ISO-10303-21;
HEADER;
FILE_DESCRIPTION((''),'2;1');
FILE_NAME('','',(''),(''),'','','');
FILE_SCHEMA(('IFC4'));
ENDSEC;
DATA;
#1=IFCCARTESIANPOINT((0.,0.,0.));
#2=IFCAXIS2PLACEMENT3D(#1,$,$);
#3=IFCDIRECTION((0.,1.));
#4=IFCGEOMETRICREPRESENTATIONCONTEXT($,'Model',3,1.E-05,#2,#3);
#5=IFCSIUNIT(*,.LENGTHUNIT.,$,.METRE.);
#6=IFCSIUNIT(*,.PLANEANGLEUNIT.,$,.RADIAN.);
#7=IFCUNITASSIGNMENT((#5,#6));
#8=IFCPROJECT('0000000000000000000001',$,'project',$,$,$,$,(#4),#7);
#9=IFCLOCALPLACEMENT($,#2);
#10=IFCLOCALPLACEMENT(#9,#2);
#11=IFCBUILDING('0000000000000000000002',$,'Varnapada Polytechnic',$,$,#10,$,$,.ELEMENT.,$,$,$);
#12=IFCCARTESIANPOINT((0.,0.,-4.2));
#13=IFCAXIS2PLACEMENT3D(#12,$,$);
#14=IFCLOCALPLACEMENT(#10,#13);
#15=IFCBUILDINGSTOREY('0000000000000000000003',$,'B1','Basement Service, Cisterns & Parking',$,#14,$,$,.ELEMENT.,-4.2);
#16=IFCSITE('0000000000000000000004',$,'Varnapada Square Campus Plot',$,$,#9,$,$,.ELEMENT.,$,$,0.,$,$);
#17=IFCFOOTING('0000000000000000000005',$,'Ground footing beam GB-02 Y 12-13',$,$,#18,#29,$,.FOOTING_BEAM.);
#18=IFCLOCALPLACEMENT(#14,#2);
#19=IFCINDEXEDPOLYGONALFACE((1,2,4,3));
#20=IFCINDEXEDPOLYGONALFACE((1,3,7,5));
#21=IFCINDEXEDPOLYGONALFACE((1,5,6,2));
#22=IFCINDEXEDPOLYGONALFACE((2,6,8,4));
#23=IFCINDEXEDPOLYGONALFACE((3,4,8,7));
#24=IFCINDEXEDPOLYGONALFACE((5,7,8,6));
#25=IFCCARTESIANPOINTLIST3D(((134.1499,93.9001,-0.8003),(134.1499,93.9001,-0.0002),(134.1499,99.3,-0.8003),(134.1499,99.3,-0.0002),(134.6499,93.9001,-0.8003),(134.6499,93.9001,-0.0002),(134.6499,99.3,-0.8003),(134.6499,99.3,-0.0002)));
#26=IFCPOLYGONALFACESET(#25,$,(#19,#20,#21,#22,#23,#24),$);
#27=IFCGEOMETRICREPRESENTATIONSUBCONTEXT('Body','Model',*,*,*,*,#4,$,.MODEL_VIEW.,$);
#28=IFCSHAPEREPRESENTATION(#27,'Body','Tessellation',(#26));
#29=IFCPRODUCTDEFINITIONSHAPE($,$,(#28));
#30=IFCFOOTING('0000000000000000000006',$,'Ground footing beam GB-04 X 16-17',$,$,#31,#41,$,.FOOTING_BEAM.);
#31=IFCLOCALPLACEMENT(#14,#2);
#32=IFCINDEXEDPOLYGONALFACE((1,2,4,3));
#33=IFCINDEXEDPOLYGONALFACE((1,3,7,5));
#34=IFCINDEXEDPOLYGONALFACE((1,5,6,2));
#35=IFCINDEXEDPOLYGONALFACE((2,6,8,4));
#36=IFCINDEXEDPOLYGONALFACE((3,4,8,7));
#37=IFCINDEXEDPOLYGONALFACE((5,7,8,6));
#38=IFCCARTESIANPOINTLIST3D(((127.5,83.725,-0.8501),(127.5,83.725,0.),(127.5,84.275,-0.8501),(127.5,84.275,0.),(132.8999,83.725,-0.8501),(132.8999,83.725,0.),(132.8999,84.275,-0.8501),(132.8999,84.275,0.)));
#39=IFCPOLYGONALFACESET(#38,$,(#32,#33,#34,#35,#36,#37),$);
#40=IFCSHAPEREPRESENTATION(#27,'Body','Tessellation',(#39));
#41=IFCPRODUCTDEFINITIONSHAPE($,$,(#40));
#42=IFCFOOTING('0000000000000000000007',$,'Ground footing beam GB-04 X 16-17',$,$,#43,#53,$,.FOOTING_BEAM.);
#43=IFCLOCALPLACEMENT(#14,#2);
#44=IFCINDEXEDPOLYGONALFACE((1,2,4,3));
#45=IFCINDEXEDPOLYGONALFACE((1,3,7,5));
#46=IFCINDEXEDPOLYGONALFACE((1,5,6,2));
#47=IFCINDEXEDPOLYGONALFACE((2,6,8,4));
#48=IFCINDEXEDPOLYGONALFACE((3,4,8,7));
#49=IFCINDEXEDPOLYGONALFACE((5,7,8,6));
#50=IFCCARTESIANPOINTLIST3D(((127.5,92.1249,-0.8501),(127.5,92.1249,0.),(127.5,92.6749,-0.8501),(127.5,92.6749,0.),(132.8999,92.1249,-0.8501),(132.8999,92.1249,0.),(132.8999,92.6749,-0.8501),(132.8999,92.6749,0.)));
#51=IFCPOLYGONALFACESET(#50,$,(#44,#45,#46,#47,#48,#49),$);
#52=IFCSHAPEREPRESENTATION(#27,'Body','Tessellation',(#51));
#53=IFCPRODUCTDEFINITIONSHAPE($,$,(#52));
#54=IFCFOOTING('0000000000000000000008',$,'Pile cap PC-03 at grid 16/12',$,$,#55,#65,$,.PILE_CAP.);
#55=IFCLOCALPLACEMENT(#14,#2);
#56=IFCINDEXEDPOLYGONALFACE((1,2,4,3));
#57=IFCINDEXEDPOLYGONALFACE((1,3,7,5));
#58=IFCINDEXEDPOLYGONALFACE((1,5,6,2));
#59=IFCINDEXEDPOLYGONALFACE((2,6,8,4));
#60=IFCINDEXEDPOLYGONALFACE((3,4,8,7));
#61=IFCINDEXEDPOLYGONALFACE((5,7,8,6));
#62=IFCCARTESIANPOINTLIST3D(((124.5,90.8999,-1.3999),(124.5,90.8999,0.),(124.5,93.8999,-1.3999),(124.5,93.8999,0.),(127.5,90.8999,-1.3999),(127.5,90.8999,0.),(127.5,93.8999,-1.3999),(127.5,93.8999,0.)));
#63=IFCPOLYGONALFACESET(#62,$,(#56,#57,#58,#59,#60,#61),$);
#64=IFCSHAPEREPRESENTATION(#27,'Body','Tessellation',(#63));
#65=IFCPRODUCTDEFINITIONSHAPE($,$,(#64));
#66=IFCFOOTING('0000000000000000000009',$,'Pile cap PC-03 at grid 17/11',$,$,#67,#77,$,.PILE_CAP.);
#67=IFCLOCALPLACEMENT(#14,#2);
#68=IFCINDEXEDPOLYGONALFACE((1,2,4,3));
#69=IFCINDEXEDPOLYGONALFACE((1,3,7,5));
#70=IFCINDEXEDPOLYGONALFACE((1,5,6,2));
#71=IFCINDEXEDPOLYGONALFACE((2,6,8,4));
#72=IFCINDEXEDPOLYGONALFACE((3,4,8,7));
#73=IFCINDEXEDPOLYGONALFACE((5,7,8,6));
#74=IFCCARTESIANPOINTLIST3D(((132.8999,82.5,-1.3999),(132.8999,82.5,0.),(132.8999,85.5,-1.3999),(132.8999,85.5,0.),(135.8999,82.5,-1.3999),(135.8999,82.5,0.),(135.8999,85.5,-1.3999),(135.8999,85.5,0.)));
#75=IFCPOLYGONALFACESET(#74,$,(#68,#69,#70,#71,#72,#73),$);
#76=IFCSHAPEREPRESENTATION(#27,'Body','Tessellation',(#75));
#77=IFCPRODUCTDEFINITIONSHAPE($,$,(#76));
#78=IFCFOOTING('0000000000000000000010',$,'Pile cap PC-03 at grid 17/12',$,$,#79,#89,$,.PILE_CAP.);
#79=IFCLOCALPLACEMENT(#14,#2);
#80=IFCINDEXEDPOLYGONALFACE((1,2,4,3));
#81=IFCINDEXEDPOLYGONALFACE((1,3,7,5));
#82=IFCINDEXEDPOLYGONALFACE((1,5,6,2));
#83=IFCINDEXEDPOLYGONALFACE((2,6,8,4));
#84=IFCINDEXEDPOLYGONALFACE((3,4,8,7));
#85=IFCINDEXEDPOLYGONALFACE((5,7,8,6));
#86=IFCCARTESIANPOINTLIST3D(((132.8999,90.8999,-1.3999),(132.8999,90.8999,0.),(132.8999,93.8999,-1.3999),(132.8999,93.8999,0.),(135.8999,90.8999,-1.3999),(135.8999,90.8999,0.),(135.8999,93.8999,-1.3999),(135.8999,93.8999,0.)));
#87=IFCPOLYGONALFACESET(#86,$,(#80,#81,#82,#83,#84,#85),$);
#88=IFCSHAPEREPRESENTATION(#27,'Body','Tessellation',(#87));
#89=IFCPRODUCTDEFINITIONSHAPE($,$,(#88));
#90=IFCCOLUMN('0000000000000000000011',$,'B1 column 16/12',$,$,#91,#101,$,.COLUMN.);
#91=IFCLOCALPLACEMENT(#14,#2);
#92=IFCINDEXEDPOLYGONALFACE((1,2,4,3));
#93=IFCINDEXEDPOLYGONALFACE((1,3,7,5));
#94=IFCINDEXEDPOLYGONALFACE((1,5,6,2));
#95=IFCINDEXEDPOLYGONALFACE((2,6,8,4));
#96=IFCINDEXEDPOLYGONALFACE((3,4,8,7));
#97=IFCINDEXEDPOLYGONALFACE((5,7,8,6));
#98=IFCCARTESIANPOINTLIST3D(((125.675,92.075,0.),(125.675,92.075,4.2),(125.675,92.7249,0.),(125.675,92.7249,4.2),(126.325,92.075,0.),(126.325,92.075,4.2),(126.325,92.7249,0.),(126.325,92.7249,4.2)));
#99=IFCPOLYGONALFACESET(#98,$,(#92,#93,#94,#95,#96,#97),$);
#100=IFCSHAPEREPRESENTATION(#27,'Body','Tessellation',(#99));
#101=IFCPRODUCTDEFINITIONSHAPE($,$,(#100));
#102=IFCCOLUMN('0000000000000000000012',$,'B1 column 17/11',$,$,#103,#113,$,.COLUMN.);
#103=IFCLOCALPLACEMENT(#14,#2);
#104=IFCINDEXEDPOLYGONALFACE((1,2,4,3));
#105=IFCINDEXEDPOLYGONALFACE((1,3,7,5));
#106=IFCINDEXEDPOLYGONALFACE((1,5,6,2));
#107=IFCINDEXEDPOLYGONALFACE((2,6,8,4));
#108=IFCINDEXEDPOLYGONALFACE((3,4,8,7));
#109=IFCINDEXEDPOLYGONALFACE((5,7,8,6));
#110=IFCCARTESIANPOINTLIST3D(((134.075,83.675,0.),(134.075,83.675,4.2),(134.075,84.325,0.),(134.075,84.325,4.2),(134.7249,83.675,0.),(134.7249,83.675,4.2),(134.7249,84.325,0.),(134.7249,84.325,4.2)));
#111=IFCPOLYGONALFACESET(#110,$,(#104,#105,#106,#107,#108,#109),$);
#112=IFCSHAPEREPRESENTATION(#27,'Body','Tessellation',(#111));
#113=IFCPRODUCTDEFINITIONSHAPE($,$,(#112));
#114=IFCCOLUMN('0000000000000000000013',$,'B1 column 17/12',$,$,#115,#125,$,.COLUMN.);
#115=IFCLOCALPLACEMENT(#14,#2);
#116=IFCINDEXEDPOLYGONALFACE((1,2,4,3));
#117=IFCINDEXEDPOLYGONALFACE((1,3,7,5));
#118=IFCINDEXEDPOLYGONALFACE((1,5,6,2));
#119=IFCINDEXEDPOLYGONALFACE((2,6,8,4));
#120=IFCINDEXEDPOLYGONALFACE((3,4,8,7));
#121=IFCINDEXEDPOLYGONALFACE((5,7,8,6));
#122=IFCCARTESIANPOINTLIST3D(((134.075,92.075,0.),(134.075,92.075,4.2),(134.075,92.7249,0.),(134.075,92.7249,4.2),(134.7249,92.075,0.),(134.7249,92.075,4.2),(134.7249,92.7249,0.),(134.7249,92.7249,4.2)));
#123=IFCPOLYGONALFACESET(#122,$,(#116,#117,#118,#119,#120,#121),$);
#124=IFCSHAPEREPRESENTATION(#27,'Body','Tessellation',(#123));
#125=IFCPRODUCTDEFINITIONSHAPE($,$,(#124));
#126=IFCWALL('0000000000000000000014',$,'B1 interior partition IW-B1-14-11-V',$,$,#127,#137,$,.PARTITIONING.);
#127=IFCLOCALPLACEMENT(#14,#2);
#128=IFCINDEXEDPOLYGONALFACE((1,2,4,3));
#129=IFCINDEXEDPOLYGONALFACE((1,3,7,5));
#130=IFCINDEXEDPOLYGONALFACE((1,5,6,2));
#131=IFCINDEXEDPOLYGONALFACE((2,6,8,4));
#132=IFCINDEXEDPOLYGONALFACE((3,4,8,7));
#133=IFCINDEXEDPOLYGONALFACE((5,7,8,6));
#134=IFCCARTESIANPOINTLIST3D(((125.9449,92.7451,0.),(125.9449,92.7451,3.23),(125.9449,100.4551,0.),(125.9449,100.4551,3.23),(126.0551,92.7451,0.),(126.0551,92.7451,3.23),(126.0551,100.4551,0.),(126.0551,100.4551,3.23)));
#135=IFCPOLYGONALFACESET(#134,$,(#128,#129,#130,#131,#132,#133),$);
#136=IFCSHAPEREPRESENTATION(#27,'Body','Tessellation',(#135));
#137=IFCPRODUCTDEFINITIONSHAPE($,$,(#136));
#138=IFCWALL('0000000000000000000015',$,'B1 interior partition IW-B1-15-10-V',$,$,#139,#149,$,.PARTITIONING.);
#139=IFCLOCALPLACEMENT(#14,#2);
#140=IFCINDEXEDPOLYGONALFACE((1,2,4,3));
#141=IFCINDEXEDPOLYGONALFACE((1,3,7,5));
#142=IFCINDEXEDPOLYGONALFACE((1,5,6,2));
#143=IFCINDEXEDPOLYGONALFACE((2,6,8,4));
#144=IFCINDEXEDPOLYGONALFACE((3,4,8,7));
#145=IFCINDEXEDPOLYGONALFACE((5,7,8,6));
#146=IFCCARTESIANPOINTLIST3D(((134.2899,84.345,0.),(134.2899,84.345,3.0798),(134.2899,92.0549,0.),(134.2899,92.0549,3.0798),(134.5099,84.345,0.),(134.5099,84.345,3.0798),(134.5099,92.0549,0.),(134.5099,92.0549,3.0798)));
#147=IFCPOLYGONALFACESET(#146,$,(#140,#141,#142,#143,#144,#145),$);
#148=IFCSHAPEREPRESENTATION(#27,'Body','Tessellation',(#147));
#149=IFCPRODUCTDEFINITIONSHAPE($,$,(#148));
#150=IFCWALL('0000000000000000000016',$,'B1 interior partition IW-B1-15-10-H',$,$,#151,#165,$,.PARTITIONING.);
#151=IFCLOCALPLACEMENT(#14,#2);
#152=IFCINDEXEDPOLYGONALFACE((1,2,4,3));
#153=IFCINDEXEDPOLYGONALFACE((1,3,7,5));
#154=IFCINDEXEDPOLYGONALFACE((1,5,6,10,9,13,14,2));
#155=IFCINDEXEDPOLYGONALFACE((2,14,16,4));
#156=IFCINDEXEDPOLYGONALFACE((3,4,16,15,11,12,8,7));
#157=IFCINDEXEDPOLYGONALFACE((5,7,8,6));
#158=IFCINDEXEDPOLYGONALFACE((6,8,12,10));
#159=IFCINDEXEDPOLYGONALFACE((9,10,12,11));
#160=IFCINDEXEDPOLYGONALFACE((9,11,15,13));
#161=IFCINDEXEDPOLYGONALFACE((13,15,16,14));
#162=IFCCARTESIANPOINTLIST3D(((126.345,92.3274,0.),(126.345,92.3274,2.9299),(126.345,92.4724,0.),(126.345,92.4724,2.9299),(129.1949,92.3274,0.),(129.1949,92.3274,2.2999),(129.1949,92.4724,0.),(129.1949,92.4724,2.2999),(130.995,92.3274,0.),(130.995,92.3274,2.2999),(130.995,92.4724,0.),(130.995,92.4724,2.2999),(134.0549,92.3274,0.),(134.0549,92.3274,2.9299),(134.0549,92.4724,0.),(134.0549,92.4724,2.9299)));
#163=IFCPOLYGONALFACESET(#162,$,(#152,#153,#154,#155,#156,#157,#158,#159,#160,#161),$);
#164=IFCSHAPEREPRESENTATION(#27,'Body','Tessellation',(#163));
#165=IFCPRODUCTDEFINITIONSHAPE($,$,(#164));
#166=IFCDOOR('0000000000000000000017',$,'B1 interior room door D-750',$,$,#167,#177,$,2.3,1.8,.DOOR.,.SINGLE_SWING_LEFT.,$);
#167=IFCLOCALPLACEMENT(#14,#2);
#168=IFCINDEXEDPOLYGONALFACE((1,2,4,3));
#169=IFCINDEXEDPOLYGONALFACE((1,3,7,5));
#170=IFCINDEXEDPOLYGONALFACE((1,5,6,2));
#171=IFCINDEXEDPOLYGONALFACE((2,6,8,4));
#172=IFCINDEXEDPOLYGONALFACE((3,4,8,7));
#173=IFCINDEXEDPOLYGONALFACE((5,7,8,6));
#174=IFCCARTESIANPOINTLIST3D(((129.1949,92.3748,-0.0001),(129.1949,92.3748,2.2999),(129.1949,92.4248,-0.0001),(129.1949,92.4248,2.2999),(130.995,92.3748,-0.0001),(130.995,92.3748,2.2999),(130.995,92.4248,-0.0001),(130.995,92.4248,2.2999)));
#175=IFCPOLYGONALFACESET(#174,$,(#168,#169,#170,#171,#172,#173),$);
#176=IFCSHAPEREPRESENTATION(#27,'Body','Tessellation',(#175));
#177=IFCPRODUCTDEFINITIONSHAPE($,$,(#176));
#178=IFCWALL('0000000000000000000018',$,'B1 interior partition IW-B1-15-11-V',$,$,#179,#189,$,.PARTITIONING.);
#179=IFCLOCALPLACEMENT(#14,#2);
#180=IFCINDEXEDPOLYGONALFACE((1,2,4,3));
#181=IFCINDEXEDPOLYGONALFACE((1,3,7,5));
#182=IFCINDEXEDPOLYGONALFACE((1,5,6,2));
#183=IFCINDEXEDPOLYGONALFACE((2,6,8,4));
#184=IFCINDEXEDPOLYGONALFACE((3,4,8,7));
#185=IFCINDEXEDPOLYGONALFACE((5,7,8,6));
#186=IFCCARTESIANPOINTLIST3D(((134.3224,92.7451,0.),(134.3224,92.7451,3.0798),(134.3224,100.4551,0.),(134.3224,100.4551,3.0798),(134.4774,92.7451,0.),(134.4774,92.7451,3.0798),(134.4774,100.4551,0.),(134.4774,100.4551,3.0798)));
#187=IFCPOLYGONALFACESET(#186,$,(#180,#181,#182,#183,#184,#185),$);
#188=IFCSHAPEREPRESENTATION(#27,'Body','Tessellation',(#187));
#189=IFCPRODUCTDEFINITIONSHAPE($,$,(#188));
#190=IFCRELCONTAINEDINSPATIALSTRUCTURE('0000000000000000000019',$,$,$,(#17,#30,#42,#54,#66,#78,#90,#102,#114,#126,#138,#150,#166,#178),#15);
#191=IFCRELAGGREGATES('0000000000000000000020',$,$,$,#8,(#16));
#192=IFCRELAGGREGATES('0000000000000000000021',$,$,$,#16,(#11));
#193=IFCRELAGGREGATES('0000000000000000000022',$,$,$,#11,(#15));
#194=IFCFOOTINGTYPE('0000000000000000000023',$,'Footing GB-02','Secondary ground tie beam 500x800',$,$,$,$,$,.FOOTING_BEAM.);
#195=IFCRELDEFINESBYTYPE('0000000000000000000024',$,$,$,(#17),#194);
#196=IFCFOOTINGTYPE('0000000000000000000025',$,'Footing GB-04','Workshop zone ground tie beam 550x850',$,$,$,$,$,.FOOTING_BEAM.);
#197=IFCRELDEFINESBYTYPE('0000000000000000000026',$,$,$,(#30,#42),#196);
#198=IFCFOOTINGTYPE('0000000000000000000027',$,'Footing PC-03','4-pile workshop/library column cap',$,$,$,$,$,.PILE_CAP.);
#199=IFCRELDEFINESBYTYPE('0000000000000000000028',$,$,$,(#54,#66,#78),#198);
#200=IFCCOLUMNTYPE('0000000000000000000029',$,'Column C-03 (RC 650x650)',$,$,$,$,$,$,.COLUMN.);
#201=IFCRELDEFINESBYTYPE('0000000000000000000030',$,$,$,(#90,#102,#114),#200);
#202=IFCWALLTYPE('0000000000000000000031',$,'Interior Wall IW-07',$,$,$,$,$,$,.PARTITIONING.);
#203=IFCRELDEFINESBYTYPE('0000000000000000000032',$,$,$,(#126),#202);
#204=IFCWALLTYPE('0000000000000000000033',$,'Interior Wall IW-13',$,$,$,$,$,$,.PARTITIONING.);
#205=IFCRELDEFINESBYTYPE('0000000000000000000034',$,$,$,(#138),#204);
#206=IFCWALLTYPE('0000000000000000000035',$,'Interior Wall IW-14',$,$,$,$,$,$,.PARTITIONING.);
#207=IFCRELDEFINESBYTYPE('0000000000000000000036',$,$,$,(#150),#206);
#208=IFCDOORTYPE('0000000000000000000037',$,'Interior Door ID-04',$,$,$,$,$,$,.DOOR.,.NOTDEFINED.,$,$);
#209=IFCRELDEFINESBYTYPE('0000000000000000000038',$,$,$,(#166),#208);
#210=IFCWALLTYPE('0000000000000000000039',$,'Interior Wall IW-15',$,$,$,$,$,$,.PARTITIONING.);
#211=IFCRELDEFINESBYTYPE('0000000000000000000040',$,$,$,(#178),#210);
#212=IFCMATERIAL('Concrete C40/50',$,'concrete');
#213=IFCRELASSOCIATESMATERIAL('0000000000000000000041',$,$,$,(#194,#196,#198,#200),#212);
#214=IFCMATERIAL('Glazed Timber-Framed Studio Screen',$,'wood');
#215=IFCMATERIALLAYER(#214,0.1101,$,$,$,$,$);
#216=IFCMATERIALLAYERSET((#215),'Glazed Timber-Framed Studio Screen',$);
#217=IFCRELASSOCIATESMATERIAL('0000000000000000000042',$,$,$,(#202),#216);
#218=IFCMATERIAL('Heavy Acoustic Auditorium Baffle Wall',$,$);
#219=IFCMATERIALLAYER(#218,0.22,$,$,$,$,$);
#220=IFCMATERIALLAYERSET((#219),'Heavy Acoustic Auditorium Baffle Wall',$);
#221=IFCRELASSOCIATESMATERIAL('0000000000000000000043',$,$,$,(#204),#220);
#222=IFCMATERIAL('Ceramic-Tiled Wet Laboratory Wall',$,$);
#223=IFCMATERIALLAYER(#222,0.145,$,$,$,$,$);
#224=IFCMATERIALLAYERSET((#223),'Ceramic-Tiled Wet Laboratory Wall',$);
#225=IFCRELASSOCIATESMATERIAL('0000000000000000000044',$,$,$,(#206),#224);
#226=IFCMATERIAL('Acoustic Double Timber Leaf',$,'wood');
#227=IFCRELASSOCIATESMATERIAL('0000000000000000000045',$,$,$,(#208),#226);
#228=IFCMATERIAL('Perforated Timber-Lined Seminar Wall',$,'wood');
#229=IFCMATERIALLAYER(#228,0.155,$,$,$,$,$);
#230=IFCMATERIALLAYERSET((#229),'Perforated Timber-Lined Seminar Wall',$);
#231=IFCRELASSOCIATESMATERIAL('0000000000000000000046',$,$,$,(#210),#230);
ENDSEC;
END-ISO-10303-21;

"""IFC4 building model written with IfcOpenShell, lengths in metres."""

from ifc_helpers import new_model, si_unit, direction, frame, frame_2d, origin, origin_2d, place, context, subcontext, project, spatial, rectangle, extrude, material, layer, layer_set, material_profile, profile_set, type_object, element, fill, save


model = new_model("IFC4")

# Units and contexts
model_context = context("Model", 3, precision=1e-05, world=origin(), true_north=direction((0.0, 1.0)))
body_context = subcontext(model_context, "Body", "Model", "MODEL_VIEW")
ifc_project = project(units=[si_unit("LENGTHUNIT", "METRE"), si_unit("PLANEANGLEUNIT", "RADIAN")], contexts=[model_context])

# Site, building, storey
site_placement = place(None, origin())
site = spatial("IfcSite", under=ifc_project, at=site_placement, Name="Varnapada Square Campus Plot", CompositionType="ELEMENT", RefElevation=0.0)
building_placement = place(site_placement, origin())
building = spatial("IfcBuilding", under=site, at=building_placement, Name="Varnapada Polytechnic", CompositionType="ELEMENT")
storey_placement = place(building_placement, frame((0.0, 0.0, -4.2)))
storey = spatial("IfcBuildingStorey", under=building, at=storey_placement, Name="B1", Description="Basement Service, Cisterns & Parking", CompositionType="ELEMENT", Elevation=-4.2)

# Shared definitions
ifc_material_1 = material(Name="Concrete C40/50", Category="concrete")

# Footings
footing_type_1 = type_object("IfcFootingType", Name="Footing GB-02", Description="Secondary ground tie beam 500x800", PredefinedType="FOOTING_BEAM", material=ifc_material_1)
for number, where, z_axis, x_axis, name in (
    (1, (134.3999, 96.6001, -0.8003), (0.0, 0.0, 1.0), (0.0, 1.0, 0.0), "Ground footing beam GB-02 Y 12-13"),
):
    element("IfcFooting", number, at=place(storey_placement, frame(where, z_axis=z_axis, x_axis=x_axis)), inside=storey, type_object=footing_type_1, Name=name, PredefinedType="FOOTING_BEAM", context=body_context, shape_type="SweptSolid", body=[
        extrude(rectangle(XDim=5.3999, YDim=0.5, at=origin_2d()), origin(), (0.0, 0.0, 1.0), 0.8),
    ])
footing_type_2 = type_object("IfcFootingType", Name="Footing GB-04", Description="Workshop zone ground tie beam 550x850", PredefinedType="FOOTING_BEAM", material=ifc_material_1)
for number, where, z_axis, x_axis, name in (
    (2, (130.2, 84.0, -0.8501), (0.0, 0.0, 1.0), (1.0, 0.0, 0.0), "Ground footing beam GB-04 X 16-17"),
    (3, (130.2, 92.3999, -0.8501), (0.0, 0.0, 1.0), (1.0, 0.0, 0.0), "Ground footing beam GB-04 X 16-17"),
):
    element("IfcFooting", number, at=place(storey_placement, frame(where, z_axis=z_axis, x_axis=x_axis)), inside=storey, type_object=footing_type_2, Name=name, PredefinedType="FOOTING_BEAM", context=body_context, shape_type="SweptSolid", body=[
        extrude(rectangle(XDim=5.3999, YDim=0.55, at=origin_2d()), origin(), (0.0, 0.0, 1.0), 0.8501),
    ])
footing_type_3 = type_object("IfcFootingType", Name="Footing PC-03", Description="4-pile workshop/library column cap", PredefinedType="PILE_CAP", material=ifc_material_1)
for number, where, z_axis, x_axis, name in (
    (4, (126.0, 92.3999, -1.3999), (0.0, 0.0, 1.0), (1.0, 0.0, 0.0), "Pile cap PC-03 at grid 16/12"),
    (5, (134.3999, 84.0, -1.3999), (0.0, 0.0, 1.0), (1.0, 0.0, 0.0), "Pile cap PC-03 at grid 17/11"),
    (6, (134.3999, 92.3999, -1.3999), (0.0, 0.0, 1.0), (1.0, 0.0, 0.0), "Pile cap PC-03 at grid 17/12"),
):
    element("IfcFooting", number, at=place(storey_placement, frame(where, z_axis=z_axis, x_axis=x_axis)), inside=storey, type_object=footing_type_3, Name=name, PredefinedType="PILE_CAP", context=body_context, shape_type="SweptSolid", body=[
        extrude(rectangle(XDim=3.0, YDim=3.0, at=origin_2d()), origin(), (0.0, 0.0, 1.0), 1.3999),
    ])

# Columns
ifc_material_profile_1 = material_profile(ifc_material_1, rectangle(XDim=0.6499, YDim=0.6499, at=origin_2d()), Name="RC 650x650")
ifc_profile_set_1 = profile_set([ifc_material_profile_1], Name="Concrete C40/50")
column_type = type_object("IfcColumnType", Name="Column C-03 (RC 650x650)", PredefinedType="COLUMN", material=ifc_profile_set_1)
for number, where, z_axis, x_axis, name in (
    (7, (126.0, 92.3999, 0.0), (0.0, 0.0, 1.0), (1.0, 0.0, 0.0), "B1 column 16/12"),
    (8, (134.3999, 84.0, 0.0), (0.0, 0.0, 1.0), (1.0, 0.0, 0.0), "B1 column 17/11"),
    (9, (134.3999, 92.3999, 0.0), (0.0, 0.0, 1.0), (1.0, 0.0, 0.0), "B1 column 17/12"),
):
    element("IfcColumn", number, at=place(storey_placement, frame(where, z_axis=z_axis, x_axis=x_axis)), inside=storey, type_object=column_type, Name=name, PredefinedType="COLUMN", context=body_context, shape_type="SweptSolid", body=[
        extrude(rectangle(XDim=0.6499, YDim=0.6499, at=origin_2d()), origin(), (0.0, 0.0, 1.0), 4.2),
    ])

# Walls
ifc_material_2 = material(Name="Glazed Timber-Framed Studio Screen", Category="wood")
ifc_layer_1 = layer(ifc_material_2, 0.1101)
ifc_layer_set_1 = layer_set([ifc_layer_1], Name="Glazed Timber-Framed Studio Screen")
wall_type_1 = type_object("IfcWallType", Name="Interior Wall IW-07", PredefinedType="PARTITIONING", material=ifc_layer_set_1)
wall_1_placement = place(storey_placement, frame((126.0, 92.7451, 0.0), z_axis=(0.0, 0.0, 1.0), x_axis=(0.0, 1.0, 0.0)))
element("IfcWall", 10, at=wall_1_placement, inside=storey, type_object=wall_type_1, Name="B1 interior partition IW-B1-14-11-V", PredefinedType="PARTITIONING", context=body_context, shape_type="SweptSolid", body=[
    extrude(rectangle(XDim=7.71, YDim=0.1101, at=frame_2d((3.855, 0.0))), origin(), (0.0, 0.0, 1.0), 3.23),
])
ifc_material_3 = material(Name="Heavy Acoustic Auditorium Baffle Wall")
ifc_layer_2 = layer(ifc_material_3, 0.22)
ifc_layer_set_2 = layer_set([ifc_layer_2], Name="Heavy Acoustic Auditorium Baffle Wall")
wall_type_2 = type_object("IfcWallType", Name="Interior Wall IW-13", PredefinedType="PARTITIONING", material=ifc_layer_set_2)
wall_2_placement = place(storey_placement, frame((134.3999, 84.345, 0.0), z_axis=(0.0, 0.0, 1.0), x_axis=(0.0, 1.0, 0.0)))
element("IfcWall", 11, at=wall_2_placement, inside=storey, type_object=wall_type_2, Name="B1 interior partition IW-B1-15-10-V", PredefinedType="PARTITIONING", context=body_context, shape_type="SweptSolid", body=[
    extrude(rectangle(XDim=7.71, YDim=0.22, at=frame_2d((3.855, 0.0))), origin(), (0.0, 0.0, 1.0), 3.0798),
])

# Wall, opening, door
ifc_material_4 = material(Name="Ceramic-Tiled Wet Laboratory Wall")
ifc_layer_3 = layer(ifc_material_4, 0.145)
ifc_layer_set_3 = layer_set([ifc_layer_3], Name="Ceramic-Tiled Wet Laboratory Wall")
wall_type_3 = type_object("IfcWallType", Name="Interior Wall IW-14", PredefinedType="PARTITIONING", material=ifc_layer_set_3)
wall_3_placement = place(storey_placement, frame((126.345, 92.3999, 0.0), z_axis=(0.0, 0.0, 1.0), x_axis=(1.0, 0.0, 0.0)))
wall_3 = element("IfcWall", 12, at=wall_3_placement, inside=storey, type_object=wall_type_3, Name="B1 interior partition IW-B1-15-10-H", PredefinedType="PARTITIONING", context=body_context, shape_type="SweptSolid", body=[
    extrude(rectangle(XDim=7.71, YDim=0.145, at=frame_2d((3.855, 0.0))), origin(), (0.0, 0.0, 1.0), 2.9299),
])
opening_placement = place(wall_3_placement, frame((2.8501, 0.0, 0.0)))
opening = element("IfcOpeningElement", 13, at=opening_placement, cuts=wall_3, PredefinedType="OPENING", context=body_context, shape_type="SweptSolid", body=[
    extrude(rectangle(XDim=1.8, YDim=2.3, at=frame_2d((0.8999, 1.1499))), frame((0.0, 0.0825, 0.0), z_axis=(0.0, -1.0, 0.0), x_axis=(1.0, 0.0, 0.0)), (0.0, 0.0, 1.0), 0.165),
])
ifc_material_5 = material(Name="Acoustic Double Timber Leaf", Category="wood")
door_type = type_object("IfcDoorType", Name="Interior Door ID-04", OperationType="NOTDEFINED", PredefinedType="DOOR", material=ifc_material_5)
door_placement = place(opening_placement, origin())
door = element("IfcDoor", 14, at=door_placement, inside=storey, type_object=door_type, Name="B1 interior room door D-750", OperationType="SINGLE_SWING_LEFT", OverallHeight=2.3, OverallWidth=1.8, PredefinedType="DOOR", context=body_context, shape_type="SweptSolid", body=[
    extrude(rectangle(XDim=1.8, YDim=2.3, at=frame_2d((0.8999, 1.1499))), frame((0.0, 0.0249, 0.0), z_axis=(0.0, -1.0, 0.0), x_axis=(1.0, 0.0, 0.0)), (0.0, 0.0, 1.0), 0.05),
])
fill(opening, door)

# Wall
ifc_material_6 = material(Name="Perforated Timber-Lined Seminar Wall", Category="wood")
ifc_layer_4 = layer(ifc_material_6, 0.155)
ifc_layer_set_4 = layer_set([ifc_layer_4], Name="Perforated Timber-Lined Seminar Wall")
wall_type_4 = type_object("IfcWallType", Name="Interior Wall IW-15", PredefinedType="PARTITIONING", material=ifc_layer_set_4)
wall_4_placement = place(storey_placement, frame((134.3999, 92.7451, 0.0), z_axis=(0.0, 0.0, 1.0), x_axis=(0.0, 1.0, 0.0)))
element("IfcWall", 15, at=wall_4_placement, inside=storey, type_object=wall_type_4, Name="B1 interior partition IW-B1-15-11-V", PredefinedType="PARTITIONING", context=body_context, shape_type="SweptSolid", body=[
    extrude(rectangle(XDim=7.71, YDim=0.155, at=frame_2d((3.855, 0.0))), origin(), (0.0, 0.0, 1.0), 3.0798),
])

save(model, "model.ifc")
